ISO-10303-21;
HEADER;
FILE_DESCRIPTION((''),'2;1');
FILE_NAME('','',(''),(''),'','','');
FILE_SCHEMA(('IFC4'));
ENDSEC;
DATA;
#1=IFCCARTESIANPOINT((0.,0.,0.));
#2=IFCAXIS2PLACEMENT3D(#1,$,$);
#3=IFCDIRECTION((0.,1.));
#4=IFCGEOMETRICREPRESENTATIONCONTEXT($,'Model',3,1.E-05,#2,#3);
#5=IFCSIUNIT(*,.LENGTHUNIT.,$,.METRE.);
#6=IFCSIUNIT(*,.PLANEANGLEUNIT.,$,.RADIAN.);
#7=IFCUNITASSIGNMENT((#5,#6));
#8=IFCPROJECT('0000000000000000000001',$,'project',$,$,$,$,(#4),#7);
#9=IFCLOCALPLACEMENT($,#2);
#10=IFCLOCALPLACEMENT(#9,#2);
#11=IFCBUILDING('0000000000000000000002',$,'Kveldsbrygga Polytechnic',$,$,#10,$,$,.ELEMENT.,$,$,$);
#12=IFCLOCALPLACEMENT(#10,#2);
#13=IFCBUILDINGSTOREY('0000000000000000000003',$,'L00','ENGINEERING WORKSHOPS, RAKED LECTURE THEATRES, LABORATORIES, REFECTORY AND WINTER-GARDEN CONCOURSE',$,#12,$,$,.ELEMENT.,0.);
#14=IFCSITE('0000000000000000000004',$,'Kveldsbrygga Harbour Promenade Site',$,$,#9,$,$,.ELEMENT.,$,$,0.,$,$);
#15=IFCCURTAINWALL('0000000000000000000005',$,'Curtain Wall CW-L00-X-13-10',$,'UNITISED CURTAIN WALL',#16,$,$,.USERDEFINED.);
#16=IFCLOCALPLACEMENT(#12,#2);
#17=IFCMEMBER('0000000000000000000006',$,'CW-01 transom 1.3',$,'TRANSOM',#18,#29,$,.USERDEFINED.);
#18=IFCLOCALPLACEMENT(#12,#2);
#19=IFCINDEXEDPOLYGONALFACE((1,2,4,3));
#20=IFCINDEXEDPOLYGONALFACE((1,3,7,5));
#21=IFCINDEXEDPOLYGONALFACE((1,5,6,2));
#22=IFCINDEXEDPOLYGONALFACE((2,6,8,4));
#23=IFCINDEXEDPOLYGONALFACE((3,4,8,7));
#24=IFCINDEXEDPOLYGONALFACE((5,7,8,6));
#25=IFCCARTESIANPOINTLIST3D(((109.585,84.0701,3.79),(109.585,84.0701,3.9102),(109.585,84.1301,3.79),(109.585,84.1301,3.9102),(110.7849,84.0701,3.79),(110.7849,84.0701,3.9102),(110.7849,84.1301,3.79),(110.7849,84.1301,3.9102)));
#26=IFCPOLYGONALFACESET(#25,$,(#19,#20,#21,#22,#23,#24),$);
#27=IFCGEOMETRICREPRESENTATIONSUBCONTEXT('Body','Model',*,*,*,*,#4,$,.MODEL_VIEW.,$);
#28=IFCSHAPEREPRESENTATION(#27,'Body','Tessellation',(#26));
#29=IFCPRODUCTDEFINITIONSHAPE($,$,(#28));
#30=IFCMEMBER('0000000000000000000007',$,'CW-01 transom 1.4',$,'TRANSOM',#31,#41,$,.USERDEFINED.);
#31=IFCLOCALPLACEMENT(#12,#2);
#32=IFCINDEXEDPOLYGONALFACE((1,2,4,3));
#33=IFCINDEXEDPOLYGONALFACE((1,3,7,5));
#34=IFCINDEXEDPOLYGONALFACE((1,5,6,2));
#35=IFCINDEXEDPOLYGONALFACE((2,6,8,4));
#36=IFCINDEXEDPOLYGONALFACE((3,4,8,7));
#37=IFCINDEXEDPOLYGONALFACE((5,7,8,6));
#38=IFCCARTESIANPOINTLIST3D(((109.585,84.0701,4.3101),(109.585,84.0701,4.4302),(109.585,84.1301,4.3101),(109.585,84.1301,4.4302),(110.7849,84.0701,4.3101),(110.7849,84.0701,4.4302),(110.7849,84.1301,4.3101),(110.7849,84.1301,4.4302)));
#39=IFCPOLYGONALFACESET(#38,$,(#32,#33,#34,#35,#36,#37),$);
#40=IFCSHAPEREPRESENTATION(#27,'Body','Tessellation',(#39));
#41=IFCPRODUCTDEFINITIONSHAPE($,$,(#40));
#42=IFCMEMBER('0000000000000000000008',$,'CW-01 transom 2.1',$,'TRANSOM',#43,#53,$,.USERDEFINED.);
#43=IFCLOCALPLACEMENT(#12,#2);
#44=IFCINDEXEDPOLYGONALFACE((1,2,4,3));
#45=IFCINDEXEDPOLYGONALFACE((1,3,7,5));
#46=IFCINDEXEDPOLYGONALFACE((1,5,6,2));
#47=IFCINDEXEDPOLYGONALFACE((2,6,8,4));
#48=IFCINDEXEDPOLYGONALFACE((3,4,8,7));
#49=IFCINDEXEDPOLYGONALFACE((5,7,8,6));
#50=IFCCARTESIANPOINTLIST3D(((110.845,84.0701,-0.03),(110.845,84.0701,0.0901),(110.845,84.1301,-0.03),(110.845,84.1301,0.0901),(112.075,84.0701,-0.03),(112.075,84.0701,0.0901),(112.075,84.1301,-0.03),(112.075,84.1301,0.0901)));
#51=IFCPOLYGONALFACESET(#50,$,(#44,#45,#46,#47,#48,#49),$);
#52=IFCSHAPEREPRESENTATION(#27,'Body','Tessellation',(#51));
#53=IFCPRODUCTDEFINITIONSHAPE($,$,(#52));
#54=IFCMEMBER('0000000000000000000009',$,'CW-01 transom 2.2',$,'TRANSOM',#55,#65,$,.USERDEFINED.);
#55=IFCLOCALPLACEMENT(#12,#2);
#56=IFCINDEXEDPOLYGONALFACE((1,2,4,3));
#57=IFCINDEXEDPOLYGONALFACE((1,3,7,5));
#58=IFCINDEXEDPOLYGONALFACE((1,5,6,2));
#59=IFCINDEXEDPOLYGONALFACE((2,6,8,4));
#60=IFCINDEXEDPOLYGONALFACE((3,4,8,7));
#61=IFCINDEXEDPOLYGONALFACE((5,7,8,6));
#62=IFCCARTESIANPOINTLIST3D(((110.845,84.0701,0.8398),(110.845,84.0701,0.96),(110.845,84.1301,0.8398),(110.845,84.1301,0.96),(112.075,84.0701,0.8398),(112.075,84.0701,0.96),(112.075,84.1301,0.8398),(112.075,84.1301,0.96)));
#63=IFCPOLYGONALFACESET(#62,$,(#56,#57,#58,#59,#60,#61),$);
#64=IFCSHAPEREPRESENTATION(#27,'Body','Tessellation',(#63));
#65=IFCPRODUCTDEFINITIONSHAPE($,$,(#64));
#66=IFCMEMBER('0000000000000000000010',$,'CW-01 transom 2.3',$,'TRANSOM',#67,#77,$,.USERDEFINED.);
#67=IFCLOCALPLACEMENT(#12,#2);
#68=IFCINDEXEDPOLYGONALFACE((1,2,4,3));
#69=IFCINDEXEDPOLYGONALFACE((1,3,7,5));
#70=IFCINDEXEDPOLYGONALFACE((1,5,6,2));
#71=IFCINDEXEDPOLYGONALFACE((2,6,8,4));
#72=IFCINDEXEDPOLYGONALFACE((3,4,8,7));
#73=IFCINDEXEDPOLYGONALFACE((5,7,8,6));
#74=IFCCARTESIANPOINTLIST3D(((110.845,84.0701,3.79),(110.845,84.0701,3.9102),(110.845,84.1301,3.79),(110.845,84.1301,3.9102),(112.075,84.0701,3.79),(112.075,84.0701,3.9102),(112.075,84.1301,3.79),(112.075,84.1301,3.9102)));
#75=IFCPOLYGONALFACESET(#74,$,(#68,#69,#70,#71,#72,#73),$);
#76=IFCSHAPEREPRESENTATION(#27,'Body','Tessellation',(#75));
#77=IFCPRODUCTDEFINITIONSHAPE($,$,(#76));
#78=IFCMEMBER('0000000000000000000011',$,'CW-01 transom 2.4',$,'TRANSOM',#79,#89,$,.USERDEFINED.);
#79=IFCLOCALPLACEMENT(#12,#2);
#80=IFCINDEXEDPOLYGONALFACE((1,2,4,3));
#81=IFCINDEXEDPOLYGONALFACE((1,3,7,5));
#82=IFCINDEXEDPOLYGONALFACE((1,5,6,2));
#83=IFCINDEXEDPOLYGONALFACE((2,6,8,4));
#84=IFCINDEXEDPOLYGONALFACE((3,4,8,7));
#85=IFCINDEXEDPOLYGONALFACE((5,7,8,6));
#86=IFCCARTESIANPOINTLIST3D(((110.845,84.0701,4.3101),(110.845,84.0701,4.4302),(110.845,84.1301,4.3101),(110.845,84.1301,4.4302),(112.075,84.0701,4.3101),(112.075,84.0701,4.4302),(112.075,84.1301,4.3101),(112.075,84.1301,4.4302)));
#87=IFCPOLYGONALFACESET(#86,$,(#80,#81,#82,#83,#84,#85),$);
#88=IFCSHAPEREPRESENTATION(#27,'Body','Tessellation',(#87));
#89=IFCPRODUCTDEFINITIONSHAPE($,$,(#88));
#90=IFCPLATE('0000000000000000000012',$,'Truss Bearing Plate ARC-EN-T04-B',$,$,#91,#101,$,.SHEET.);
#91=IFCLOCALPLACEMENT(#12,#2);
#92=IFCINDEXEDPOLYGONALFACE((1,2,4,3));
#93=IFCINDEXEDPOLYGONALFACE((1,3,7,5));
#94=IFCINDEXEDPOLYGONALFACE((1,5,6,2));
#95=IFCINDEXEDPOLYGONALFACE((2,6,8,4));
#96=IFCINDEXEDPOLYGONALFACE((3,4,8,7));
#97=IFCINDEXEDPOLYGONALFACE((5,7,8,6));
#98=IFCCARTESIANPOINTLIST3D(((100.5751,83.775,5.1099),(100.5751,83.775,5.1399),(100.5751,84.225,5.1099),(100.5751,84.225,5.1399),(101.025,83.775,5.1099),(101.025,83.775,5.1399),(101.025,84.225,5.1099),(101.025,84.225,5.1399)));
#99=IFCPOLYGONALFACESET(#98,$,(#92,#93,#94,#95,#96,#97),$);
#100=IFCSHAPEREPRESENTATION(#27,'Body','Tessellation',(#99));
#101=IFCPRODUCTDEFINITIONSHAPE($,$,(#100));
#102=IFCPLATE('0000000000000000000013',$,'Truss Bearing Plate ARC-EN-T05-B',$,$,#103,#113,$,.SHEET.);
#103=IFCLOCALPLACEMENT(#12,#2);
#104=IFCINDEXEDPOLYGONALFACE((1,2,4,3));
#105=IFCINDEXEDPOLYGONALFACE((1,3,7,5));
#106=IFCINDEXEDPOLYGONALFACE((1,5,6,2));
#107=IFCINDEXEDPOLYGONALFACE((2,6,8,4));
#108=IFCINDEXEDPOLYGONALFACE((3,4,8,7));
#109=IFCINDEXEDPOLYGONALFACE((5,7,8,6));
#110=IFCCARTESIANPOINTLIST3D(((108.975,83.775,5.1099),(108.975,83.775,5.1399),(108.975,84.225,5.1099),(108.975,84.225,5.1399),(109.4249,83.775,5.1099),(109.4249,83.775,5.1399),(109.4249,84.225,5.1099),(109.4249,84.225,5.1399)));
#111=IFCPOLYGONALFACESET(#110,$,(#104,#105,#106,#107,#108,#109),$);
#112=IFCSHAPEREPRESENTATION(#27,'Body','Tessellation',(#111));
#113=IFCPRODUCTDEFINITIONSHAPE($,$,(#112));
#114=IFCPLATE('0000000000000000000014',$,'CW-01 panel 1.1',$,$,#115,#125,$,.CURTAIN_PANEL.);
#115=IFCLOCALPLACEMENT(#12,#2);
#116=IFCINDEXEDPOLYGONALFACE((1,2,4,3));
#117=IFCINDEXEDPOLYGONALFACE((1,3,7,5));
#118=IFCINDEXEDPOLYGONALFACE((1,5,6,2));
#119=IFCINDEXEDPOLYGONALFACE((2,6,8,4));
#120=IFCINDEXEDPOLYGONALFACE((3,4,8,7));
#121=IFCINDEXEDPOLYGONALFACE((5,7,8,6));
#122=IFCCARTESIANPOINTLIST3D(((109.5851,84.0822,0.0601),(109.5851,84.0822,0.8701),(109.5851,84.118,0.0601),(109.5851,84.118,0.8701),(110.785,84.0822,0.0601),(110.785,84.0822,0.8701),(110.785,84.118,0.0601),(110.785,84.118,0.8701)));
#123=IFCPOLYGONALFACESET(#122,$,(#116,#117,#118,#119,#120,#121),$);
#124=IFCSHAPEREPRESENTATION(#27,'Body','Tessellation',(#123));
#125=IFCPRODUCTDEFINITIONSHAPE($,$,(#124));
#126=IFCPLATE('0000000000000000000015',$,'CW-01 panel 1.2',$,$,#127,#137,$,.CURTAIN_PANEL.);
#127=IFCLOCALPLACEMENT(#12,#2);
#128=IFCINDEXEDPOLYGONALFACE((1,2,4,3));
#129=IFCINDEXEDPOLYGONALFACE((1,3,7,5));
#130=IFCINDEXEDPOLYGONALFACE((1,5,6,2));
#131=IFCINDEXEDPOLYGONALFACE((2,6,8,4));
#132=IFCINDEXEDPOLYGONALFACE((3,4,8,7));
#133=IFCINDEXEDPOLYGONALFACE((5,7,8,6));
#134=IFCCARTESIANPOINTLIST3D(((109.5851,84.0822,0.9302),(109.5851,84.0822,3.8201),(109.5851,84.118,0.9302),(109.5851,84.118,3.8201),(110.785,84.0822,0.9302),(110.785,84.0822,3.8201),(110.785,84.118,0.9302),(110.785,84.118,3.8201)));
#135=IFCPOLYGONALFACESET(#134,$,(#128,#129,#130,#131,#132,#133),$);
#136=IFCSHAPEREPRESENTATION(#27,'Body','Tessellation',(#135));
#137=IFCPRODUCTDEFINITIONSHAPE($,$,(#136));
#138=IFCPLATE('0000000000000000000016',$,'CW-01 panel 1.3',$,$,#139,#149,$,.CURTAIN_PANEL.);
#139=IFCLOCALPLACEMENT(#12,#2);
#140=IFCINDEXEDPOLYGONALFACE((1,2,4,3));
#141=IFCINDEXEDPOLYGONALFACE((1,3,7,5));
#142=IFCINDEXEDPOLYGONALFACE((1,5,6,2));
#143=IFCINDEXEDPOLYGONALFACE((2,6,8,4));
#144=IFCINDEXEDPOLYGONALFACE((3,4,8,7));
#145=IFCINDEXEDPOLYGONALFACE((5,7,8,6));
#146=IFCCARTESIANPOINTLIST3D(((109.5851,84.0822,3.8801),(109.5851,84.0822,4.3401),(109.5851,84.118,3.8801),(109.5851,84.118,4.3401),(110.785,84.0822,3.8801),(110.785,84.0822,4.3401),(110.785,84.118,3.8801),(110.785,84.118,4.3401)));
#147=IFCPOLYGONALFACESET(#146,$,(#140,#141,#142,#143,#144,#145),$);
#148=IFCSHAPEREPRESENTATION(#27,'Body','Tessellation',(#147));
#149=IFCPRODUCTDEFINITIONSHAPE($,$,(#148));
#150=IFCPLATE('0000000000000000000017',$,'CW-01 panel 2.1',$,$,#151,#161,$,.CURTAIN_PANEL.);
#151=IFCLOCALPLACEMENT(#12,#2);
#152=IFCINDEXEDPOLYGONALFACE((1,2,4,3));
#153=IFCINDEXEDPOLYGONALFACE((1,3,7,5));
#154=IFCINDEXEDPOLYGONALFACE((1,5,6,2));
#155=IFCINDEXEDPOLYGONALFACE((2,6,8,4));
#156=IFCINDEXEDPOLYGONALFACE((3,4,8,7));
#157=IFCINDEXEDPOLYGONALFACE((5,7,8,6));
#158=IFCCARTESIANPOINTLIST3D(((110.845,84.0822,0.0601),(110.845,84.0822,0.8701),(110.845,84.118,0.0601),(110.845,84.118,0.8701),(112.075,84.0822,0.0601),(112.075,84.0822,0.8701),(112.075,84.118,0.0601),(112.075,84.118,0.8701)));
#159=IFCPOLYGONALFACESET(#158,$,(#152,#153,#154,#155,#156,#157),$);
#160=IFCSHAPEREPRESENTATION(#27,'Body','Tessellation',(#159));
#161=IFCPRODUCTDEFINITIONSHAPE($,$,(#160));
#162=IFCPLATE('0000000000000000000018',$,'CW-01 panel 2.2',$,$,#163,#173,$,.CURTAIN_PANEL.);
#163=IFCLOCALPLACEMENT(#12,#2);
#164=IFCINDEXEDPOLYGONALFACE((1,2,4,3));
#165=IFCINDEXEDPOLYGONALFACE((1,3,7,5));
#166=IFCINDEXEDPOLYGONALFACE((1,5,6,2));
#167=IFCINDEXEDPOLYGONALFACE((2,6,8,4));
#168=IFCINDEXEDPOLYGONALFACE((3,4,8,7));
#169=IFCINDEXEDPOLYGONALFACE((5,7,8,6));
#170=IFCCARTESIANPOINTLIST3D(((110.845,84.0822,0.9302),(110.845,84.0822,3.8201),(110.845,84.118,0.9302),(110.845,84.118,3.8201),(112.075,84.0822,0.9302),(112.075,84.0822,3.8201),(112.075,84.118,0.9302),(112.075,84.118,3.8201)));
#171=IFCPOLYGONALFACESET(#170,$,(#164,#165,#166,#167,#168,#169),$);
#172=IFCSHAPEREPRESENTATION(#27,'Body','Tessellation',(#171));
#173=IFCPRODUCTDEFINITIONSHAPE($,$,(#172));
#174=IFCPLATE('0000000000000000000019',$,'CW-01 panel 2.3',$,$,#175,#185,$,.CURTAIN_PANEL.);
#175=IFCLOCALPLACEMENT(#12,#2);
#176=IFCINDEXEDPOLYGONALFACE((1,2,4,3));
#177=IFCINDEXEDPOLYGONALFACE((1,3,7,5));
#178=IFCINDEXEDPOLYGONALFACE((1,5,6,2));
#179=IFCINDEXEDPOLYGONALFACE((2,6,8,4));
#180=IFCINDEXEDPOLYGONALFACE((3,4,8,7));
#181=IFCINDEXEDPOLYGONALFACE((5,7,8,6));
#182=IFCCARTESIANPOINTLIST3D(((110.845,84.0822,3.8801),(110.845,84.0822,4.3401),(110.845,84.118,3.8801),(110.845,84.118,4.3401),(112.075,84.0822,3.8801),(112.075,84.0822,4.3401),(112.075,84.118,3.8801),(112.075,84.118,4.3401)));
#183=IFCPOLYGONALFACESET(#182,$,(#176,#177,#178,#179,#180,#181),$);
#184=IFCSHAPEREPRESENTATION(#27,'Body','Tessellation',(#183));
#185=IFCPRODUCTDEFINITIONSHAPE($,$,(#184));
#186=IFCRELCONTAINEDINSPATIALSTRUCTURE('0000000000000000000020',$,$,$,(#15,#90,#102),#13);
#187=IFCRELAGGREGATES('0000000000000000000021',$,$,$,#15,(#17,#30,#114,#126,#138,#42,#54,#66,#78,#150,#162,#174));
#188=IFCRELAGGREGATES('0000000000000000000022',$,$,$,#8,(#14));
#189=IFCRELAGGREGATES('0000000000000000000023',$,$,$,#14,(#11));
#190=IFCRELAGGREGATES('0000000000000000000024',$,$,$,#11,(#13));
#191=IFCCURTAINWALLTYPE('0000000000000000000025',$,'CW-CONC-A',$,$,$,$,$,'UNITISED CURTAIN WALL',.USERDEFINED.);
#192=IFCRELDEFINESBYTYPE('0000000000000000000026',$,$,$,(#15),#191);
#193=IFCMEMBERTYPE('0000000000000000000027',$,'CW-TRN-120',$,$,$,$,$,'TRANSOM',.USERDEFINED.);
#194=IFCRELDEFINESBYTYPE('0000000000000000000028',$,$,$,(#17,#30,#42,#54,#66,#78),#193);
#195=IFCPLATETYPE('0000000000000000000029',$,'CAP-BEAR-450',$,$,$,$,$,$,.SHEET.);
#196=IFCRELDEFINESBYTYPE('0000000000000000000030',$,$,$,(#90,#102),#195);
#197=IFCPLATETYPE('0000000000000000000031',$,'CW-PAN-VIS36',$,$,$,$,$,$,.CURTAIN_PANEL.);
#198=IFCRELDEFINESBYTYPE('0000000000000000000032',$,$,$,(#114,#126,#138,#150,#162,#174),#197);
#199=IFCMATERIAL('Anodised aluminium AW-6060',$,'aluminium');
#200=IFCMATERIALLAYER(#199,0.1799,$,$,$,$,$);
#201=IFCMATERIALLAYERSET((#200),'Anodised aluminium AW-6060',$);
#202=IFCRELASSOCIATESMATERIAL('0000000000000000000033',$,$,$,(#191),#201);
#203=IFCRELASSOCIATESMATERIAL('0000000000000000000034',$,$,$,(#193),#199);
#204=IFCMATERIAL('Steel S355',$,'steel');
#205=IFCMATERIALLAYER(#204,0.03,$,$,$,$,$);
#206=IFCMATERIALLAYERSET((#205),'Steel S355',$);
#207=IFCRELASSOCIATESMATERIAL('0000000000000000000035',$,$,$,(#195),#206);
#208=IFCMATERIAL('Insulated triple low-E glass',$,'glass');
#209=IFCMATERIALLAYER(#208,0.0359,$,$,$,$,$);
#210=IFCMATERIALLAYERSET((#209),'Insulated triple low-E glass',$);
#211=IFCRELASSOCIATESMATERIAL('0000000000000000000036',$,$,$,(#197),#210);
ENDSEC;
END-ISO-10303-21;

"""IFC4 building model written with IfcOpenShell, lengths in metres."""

from ifc_helpers import new_model, si_unit, direction, frame, origin, origin_2d, place, context, subcontext, project, spatial, rectangle, extrude, material, layer, layer_set, material_profile, profile_set, type_object, element, aggregate, save


model = new_model("IFC4")

# Units and contexts
model_context = context("Model", 3, precision=1e-05, world=origin(), true_north=direction((0.0, 1.0)))
body_context = subcontext(model_context, "Body", "Model", "MODEL_VIEW")
ifc_project = project(units=[si_unit("LENGTHUNIT", "METRE"), si_unit("PLANEANGLEUNIT", "RADIAN")], contexts=[model_context])

# Site, building, storey
site_placement = place(None, origin())
site = spatial("IfcSite", under=ifc_project, at=site_placement, Name="Kveldsbrygga Harbour Promenade Site", CompositionType="ELEMENT", RefElevation=0.0)
building_placement = place(site_placement, origin())
building = spatial("IfcBuilding", under=site, at=building_placement, Name="Kveldsbrygga Polytechnic", CompositionType="ELEMENT")
storey_placement = place(building_placement, origin())
storey = spatial("IfcBuildingStorey", under=building, at=storey_placement, Name="L00", Description="ENGINEERING WORKSHOPS, RAKED LECTURE THEATRES, LABORATORIES, REFECTORY AND WINTER-GARDEN CONCOURSE", CompositionType="ELEMENT", Elevation=0.0)

# Shared definitions
ifc_material_1 = material(Name="Steel S355", Category="steel")

# Curtain wall, members
ifc_material_2 = material(Name="Anodised aluminium AW-6060", Category="aluminium")
ifc_layer_1 = layer(ifc_material_2, 0.1799)
ifc_layer_set_1 = layer_set([ifc_layer_1], Name="Anodised aluminium AW-6060")
curtain_wall_type = type_object("IfcCurtainWallType", Name="CW-CONC-A", ElementType="UNITISED CURTAIN WALL", PredefinedType="USERDEFINED", material=ifc_layer_set_1)
curtain_wall_placement = place(storey_placement, origin())
curtain_wall = element("IfcCurtainWall", 1, at=curtain_wall_placement, inside=storey, type_object=curtain_wall_type, Name="Curtain Wall CW-L00-X-13-10", ObjectType="UNITISED CURTAIN WALL", PredefinedType="USERDEFINED")
ifc_material_profile_1 = material_profile(ifc_material_2, rectangle(XDim=0.0601, YDim=0.1201, at=origin_2d()), Name="ALU 60x120")
ifc_profile_set_1 = profile_set([ifc_material_profile_1], Name="Anodised aluminium AW-6060")
member_type_1 = type_object("IfcMemberType", Name="CW-TRN-120", ElementType="TRANSOM", PredefinedType="USERDEFINED", material=ifc_profile_set_1)
member_1_placement = place(storey_placement, frame((109.585, 84.1001, 3.8501), z_axis=(1.0, 0.0, 0.0), x_axis=(0.0, 1.0, 0.0)))
member_1 = element("IfcMember", 2, at=member_1_placement, type_object=member_type_1, Name="CW-01 transom 1.3", ObjectType="TRANSOM", PredefinedType="USERDEFINED", context=body_context, shape_type="SweptSolid", body=[
    extrude(rectangle(XDim=0.0601, YDim=0.1201, at=origin_2d()), origin(), (0.0, 0.0, 1.0), 1.2),
])
member_2_placement = place(storey_placement, frame((109.585, 84.1001, 4.3701), z_axis=(1.0, 0.0, 0.0), x_axis=(0.0, 1.0, 0.0)))
member_2 = element("IfcMember", 3, at=member_2_placement, type_object=member_type_1, Name="CW-01 transom 1.4", ObjectType="TRANSOM", PredefinedType="USERDEFINED", context=body_context, shape_type="SweptSolid", body=[
    extrude(rectangle(XDim=0.0601, YDim=0.1201, at=origin_2d()), origin(), (0.0, 0.0, 1.0), 1.2),
])
member_3_placement = place(storey_placement, frame((110.845, 84.1001, 0.03), z_axis=(1.0, 0.0, 0.0), x_axis=(0.0, 1.0, 0.0)))
member_3 = element("IfcMember", 4, at=member_3_placement, type_object=member_type_1, Name="CW-01 transom 2.1", ObjectType="TRANSOM", PredefinedType="USERDEFINED", context=body_context, shape_type="SweptSolid", body=[
    extrude(rectangle(XDim=0.0601, YDim=0.1201, at=origin_2d()), origin(), (0.0, 0.0, 1.0), 1.23),
])
member_4_placement = place(storey_placement, frame((110.845, 84.1001, 0.8999), z_axis=(1.0, 0.0, 0.0), x_axis=(0.0, 1.0, 0.0)))
member_4 = element("IfcMember", 5, at=member_4_placement, type_object=member_type_1, Name="CW-01 transom 2.2", ObjectType="TRANSOM", PredefinedType="USERDEFINED", context=body_context, shape_type="SweptSolid", body=[
    extrude(rectangle(XDim=0.0601, YDim=0.1201, at=origin_2d()), origin(), (0.0, 0.0, 1.0), 1.23),
])
member_5_placement = place(storey_placement, frame((110.845, 84.1001, 3.8501), z_axis=(1.0, 0.0, 0.0), x_axis=(0.0, 1.0, 0.0)))
member_5 = element("IfcMember", 6, at=member_5_placement, type_object=member_type_1, Name="CW-01 transom 2.3", ObjectType="TRANSOM", PredefinedType="USERDEFINED", context=body_context, shape_type="SweptSolid", body=[
    extrude(rectangle(XDim=0.0601, YDim=0.1201, at=origin_2d()), origin(), (0.0, 0.0, 1.0), 1.23),
])
member_6_placement = place(storey_placement, frame((110.845, 84.1001, 4.3701), z_axis=(1.0, 0.0, 0.0), x_axis=(0.0, 1.0, 0.0)))
member_6 = element("IfcMember", 7, at=member_6_placement, type_object=member_type_1, Name="CW-01 transom 2.4", ObjectType="TRANSOM", PredefinedType="USERDEFINED", context=body_context, shape_type="SweptSolid", body=[
    extrude(rectangle(XDim=0.0601, YDim=0.1201, at=origin_2d()), origin(), (0.0, 0.0, 1.0), 1.23),
])

# Plates
ifc_layer_2 = layer(ifc_material_1, 0.03)
ifc_layer_set_2 = layer_set([ifc_layer_2], Name="Steel S355")
plate_type_1 = type_object("IfcPlateType", Name="CAP-BEAR-450", PredefinedType="SHEET", material=ifc_layer_set_2)
for number, where, z_axis, x_axis, name in (
    (8, (100.8, 84.0, 5.1099), (0.0, 0.0, 1.0), (1.0, 0.0, 0.0), "Truss Bearing Plate ARC-EN-T04-B"),
    (9, (109.2, 84.0, 5.1099), (0.0, 0.0, 1.0), (1.0, 0.0, 0.0), "Truss Bearing Plate ARC-EN-T05-B"),
):
    element("IfcPlate", number, at=place(storey_placement, frame(where, z_axis=z_axis, x_axis=x_axis)), inside=storey, type_object=plate_type_1, Name=name, PredefinedType="SHEET", context=body_context, shape_type="SweptSolid", body=[
        extrude(rectangle(XDim=0.45, YDim=0.45, at=origin_2d()), origin(), (0.0, 0.0, 1.0), 0.03),
    ])

# Plates
ifc_material_3 = material(Name="Insulated triple low-E glass", Category="glass")
ifc_layer_3 = layer(ifc_material_3, 0.0359)
ifc_layer_set_3 = layer_set([ifc_layer_3], Name="Insulated triple low-E glass")
plate_type_2 = type_object("IfcPlateType", Name="CW-PAN-VIS36", PredefinedType="CURTAIN_PANEL", material=ifc_layer_set_3)
plate_1_placement = place(storey_placement, frame((110.1851, 84.1001, 0.0601), z_axis=(0.0, 0.0, 1.0), x_axis=(1.0, 0.0, 0.0)))
plate_1 = element("IfcPlate", 10, at=plate_1_placement, type_object=plate_type_2, Name="CW-01 panel 1.1", PredefinedType="CURTAIN_PANEL", context=body_context, shape_type="SweptSolid", body=[
    extrude(rectangle(XDim=1.2, YDim=0.0359, at=origin_2d()), origin(), (0.0, 0.0, 1.0), 0.8101),
])
plate_2_placement = place(storey_placement, frame((110.1851, 84.1001, 0.9302), z_axis=(0.0, 0.0, 1.0), x_axis=(1.0, 0.0, 0.0)))
plate_2 = element("IfcPlate", 11, at=plate_2_placement, type_object=plate_type_2, Name="CW-01 panel 1.2", PredefinedType="CURTAIN_PANEL", context=body_context, shape_type="SweptSolid", body=[
    extrude(rectangle(XDim=1.2, YDim=0.0359, at=origin_2d()), origin(), (0.0, 0.0, 1.0), 2.8899),
])
plate_3_placement = place(storey_placement, frame((110.1851, 84.1001, 3.8801), z_axis=(0.0, 0.0, 1.0), x_axis=(1.0, 0.0, 0.0)))
plate_3 = element("IfcPlate", 12, at=plate_3_placement, type_object=plate_type_2, Name="CW-01 panel 1.3", PredefinedType="CURTAIN_PANEL", context=body_context, shape_type="SweptSolid", body=[
    extrude(rectangle(XDim=1.2, YDim=0.0359, at=origin_2d()), origin(), (0.0, 0.0, 1.0), 0.46),
])
plate_4_placement = place(storey_placement, frame((111.46, 84.1001, 0.0601), z_axis=(0.0, 0.0, 1.0), x_axis=(1.0, 0.0, 0.0)))
plate_4 = element("IfcPlate", 13, at=plate_4_placement, type_object=plate_type_2, Name="CW-01 panel 2.1", PredefinedType="CURTAIN_PANEL", context=body_context, shape_type="SweptSolid", body=[
    extrude(rectangle(XDim=1.23, YDim=0.0359, at=origin_2d()), origin(), (0.0, 0.0, 1.0), 0.8101),
])
plate_5_placement = place(storey_placement, frame((111.46, 84.1001, 0.9302), z_axis=(0.0, 0.0, 1.0), x_axis=(1.0, 0.0, 0.0)))
plate_5 = element("IfcPlate", 14, at=plate_5_placement, type_object=plate_type_2, Name="CW-01 panel 2.2", PredefinedType="CURTAIN_PANEL", context=body_context, shape_type="SweptSolid", body=[
    extrude(rectangle(XDim=1.23, YDim=0.0359, at=origin_2d()), origin(), (0.0, 0.0, 1.0), 2.8899),
])
plate_6_placement = place(storey_placement, frame((111.46, 84.1001, 3.8801), z_axis=(0.0, 0.0, 1.0), x_axis=(1.0, 0.0, 0.0)))
plate_6 = element("IfcPlate", 15, at=plate_6_placement, type_object=plate_type_2, Name="CW-01 panel 2.3", PredefinedType="CURTAIN_PANEL", context=body_context, shape_type="SweptSolid", body=[
    extrude(rectangle(XDim=1.23, YDim=0.0359, at=origin_2d()), origin(), (0.0, 0.0, 1.0), 0.46),
])
aggregate(curtain_wall, [member_1, member_2, plate_1, plate_2, plate_3, member_3, member_4, member_5, member_6, plate_4, plate_5, plate_6])

save(model, "model.ifc")
